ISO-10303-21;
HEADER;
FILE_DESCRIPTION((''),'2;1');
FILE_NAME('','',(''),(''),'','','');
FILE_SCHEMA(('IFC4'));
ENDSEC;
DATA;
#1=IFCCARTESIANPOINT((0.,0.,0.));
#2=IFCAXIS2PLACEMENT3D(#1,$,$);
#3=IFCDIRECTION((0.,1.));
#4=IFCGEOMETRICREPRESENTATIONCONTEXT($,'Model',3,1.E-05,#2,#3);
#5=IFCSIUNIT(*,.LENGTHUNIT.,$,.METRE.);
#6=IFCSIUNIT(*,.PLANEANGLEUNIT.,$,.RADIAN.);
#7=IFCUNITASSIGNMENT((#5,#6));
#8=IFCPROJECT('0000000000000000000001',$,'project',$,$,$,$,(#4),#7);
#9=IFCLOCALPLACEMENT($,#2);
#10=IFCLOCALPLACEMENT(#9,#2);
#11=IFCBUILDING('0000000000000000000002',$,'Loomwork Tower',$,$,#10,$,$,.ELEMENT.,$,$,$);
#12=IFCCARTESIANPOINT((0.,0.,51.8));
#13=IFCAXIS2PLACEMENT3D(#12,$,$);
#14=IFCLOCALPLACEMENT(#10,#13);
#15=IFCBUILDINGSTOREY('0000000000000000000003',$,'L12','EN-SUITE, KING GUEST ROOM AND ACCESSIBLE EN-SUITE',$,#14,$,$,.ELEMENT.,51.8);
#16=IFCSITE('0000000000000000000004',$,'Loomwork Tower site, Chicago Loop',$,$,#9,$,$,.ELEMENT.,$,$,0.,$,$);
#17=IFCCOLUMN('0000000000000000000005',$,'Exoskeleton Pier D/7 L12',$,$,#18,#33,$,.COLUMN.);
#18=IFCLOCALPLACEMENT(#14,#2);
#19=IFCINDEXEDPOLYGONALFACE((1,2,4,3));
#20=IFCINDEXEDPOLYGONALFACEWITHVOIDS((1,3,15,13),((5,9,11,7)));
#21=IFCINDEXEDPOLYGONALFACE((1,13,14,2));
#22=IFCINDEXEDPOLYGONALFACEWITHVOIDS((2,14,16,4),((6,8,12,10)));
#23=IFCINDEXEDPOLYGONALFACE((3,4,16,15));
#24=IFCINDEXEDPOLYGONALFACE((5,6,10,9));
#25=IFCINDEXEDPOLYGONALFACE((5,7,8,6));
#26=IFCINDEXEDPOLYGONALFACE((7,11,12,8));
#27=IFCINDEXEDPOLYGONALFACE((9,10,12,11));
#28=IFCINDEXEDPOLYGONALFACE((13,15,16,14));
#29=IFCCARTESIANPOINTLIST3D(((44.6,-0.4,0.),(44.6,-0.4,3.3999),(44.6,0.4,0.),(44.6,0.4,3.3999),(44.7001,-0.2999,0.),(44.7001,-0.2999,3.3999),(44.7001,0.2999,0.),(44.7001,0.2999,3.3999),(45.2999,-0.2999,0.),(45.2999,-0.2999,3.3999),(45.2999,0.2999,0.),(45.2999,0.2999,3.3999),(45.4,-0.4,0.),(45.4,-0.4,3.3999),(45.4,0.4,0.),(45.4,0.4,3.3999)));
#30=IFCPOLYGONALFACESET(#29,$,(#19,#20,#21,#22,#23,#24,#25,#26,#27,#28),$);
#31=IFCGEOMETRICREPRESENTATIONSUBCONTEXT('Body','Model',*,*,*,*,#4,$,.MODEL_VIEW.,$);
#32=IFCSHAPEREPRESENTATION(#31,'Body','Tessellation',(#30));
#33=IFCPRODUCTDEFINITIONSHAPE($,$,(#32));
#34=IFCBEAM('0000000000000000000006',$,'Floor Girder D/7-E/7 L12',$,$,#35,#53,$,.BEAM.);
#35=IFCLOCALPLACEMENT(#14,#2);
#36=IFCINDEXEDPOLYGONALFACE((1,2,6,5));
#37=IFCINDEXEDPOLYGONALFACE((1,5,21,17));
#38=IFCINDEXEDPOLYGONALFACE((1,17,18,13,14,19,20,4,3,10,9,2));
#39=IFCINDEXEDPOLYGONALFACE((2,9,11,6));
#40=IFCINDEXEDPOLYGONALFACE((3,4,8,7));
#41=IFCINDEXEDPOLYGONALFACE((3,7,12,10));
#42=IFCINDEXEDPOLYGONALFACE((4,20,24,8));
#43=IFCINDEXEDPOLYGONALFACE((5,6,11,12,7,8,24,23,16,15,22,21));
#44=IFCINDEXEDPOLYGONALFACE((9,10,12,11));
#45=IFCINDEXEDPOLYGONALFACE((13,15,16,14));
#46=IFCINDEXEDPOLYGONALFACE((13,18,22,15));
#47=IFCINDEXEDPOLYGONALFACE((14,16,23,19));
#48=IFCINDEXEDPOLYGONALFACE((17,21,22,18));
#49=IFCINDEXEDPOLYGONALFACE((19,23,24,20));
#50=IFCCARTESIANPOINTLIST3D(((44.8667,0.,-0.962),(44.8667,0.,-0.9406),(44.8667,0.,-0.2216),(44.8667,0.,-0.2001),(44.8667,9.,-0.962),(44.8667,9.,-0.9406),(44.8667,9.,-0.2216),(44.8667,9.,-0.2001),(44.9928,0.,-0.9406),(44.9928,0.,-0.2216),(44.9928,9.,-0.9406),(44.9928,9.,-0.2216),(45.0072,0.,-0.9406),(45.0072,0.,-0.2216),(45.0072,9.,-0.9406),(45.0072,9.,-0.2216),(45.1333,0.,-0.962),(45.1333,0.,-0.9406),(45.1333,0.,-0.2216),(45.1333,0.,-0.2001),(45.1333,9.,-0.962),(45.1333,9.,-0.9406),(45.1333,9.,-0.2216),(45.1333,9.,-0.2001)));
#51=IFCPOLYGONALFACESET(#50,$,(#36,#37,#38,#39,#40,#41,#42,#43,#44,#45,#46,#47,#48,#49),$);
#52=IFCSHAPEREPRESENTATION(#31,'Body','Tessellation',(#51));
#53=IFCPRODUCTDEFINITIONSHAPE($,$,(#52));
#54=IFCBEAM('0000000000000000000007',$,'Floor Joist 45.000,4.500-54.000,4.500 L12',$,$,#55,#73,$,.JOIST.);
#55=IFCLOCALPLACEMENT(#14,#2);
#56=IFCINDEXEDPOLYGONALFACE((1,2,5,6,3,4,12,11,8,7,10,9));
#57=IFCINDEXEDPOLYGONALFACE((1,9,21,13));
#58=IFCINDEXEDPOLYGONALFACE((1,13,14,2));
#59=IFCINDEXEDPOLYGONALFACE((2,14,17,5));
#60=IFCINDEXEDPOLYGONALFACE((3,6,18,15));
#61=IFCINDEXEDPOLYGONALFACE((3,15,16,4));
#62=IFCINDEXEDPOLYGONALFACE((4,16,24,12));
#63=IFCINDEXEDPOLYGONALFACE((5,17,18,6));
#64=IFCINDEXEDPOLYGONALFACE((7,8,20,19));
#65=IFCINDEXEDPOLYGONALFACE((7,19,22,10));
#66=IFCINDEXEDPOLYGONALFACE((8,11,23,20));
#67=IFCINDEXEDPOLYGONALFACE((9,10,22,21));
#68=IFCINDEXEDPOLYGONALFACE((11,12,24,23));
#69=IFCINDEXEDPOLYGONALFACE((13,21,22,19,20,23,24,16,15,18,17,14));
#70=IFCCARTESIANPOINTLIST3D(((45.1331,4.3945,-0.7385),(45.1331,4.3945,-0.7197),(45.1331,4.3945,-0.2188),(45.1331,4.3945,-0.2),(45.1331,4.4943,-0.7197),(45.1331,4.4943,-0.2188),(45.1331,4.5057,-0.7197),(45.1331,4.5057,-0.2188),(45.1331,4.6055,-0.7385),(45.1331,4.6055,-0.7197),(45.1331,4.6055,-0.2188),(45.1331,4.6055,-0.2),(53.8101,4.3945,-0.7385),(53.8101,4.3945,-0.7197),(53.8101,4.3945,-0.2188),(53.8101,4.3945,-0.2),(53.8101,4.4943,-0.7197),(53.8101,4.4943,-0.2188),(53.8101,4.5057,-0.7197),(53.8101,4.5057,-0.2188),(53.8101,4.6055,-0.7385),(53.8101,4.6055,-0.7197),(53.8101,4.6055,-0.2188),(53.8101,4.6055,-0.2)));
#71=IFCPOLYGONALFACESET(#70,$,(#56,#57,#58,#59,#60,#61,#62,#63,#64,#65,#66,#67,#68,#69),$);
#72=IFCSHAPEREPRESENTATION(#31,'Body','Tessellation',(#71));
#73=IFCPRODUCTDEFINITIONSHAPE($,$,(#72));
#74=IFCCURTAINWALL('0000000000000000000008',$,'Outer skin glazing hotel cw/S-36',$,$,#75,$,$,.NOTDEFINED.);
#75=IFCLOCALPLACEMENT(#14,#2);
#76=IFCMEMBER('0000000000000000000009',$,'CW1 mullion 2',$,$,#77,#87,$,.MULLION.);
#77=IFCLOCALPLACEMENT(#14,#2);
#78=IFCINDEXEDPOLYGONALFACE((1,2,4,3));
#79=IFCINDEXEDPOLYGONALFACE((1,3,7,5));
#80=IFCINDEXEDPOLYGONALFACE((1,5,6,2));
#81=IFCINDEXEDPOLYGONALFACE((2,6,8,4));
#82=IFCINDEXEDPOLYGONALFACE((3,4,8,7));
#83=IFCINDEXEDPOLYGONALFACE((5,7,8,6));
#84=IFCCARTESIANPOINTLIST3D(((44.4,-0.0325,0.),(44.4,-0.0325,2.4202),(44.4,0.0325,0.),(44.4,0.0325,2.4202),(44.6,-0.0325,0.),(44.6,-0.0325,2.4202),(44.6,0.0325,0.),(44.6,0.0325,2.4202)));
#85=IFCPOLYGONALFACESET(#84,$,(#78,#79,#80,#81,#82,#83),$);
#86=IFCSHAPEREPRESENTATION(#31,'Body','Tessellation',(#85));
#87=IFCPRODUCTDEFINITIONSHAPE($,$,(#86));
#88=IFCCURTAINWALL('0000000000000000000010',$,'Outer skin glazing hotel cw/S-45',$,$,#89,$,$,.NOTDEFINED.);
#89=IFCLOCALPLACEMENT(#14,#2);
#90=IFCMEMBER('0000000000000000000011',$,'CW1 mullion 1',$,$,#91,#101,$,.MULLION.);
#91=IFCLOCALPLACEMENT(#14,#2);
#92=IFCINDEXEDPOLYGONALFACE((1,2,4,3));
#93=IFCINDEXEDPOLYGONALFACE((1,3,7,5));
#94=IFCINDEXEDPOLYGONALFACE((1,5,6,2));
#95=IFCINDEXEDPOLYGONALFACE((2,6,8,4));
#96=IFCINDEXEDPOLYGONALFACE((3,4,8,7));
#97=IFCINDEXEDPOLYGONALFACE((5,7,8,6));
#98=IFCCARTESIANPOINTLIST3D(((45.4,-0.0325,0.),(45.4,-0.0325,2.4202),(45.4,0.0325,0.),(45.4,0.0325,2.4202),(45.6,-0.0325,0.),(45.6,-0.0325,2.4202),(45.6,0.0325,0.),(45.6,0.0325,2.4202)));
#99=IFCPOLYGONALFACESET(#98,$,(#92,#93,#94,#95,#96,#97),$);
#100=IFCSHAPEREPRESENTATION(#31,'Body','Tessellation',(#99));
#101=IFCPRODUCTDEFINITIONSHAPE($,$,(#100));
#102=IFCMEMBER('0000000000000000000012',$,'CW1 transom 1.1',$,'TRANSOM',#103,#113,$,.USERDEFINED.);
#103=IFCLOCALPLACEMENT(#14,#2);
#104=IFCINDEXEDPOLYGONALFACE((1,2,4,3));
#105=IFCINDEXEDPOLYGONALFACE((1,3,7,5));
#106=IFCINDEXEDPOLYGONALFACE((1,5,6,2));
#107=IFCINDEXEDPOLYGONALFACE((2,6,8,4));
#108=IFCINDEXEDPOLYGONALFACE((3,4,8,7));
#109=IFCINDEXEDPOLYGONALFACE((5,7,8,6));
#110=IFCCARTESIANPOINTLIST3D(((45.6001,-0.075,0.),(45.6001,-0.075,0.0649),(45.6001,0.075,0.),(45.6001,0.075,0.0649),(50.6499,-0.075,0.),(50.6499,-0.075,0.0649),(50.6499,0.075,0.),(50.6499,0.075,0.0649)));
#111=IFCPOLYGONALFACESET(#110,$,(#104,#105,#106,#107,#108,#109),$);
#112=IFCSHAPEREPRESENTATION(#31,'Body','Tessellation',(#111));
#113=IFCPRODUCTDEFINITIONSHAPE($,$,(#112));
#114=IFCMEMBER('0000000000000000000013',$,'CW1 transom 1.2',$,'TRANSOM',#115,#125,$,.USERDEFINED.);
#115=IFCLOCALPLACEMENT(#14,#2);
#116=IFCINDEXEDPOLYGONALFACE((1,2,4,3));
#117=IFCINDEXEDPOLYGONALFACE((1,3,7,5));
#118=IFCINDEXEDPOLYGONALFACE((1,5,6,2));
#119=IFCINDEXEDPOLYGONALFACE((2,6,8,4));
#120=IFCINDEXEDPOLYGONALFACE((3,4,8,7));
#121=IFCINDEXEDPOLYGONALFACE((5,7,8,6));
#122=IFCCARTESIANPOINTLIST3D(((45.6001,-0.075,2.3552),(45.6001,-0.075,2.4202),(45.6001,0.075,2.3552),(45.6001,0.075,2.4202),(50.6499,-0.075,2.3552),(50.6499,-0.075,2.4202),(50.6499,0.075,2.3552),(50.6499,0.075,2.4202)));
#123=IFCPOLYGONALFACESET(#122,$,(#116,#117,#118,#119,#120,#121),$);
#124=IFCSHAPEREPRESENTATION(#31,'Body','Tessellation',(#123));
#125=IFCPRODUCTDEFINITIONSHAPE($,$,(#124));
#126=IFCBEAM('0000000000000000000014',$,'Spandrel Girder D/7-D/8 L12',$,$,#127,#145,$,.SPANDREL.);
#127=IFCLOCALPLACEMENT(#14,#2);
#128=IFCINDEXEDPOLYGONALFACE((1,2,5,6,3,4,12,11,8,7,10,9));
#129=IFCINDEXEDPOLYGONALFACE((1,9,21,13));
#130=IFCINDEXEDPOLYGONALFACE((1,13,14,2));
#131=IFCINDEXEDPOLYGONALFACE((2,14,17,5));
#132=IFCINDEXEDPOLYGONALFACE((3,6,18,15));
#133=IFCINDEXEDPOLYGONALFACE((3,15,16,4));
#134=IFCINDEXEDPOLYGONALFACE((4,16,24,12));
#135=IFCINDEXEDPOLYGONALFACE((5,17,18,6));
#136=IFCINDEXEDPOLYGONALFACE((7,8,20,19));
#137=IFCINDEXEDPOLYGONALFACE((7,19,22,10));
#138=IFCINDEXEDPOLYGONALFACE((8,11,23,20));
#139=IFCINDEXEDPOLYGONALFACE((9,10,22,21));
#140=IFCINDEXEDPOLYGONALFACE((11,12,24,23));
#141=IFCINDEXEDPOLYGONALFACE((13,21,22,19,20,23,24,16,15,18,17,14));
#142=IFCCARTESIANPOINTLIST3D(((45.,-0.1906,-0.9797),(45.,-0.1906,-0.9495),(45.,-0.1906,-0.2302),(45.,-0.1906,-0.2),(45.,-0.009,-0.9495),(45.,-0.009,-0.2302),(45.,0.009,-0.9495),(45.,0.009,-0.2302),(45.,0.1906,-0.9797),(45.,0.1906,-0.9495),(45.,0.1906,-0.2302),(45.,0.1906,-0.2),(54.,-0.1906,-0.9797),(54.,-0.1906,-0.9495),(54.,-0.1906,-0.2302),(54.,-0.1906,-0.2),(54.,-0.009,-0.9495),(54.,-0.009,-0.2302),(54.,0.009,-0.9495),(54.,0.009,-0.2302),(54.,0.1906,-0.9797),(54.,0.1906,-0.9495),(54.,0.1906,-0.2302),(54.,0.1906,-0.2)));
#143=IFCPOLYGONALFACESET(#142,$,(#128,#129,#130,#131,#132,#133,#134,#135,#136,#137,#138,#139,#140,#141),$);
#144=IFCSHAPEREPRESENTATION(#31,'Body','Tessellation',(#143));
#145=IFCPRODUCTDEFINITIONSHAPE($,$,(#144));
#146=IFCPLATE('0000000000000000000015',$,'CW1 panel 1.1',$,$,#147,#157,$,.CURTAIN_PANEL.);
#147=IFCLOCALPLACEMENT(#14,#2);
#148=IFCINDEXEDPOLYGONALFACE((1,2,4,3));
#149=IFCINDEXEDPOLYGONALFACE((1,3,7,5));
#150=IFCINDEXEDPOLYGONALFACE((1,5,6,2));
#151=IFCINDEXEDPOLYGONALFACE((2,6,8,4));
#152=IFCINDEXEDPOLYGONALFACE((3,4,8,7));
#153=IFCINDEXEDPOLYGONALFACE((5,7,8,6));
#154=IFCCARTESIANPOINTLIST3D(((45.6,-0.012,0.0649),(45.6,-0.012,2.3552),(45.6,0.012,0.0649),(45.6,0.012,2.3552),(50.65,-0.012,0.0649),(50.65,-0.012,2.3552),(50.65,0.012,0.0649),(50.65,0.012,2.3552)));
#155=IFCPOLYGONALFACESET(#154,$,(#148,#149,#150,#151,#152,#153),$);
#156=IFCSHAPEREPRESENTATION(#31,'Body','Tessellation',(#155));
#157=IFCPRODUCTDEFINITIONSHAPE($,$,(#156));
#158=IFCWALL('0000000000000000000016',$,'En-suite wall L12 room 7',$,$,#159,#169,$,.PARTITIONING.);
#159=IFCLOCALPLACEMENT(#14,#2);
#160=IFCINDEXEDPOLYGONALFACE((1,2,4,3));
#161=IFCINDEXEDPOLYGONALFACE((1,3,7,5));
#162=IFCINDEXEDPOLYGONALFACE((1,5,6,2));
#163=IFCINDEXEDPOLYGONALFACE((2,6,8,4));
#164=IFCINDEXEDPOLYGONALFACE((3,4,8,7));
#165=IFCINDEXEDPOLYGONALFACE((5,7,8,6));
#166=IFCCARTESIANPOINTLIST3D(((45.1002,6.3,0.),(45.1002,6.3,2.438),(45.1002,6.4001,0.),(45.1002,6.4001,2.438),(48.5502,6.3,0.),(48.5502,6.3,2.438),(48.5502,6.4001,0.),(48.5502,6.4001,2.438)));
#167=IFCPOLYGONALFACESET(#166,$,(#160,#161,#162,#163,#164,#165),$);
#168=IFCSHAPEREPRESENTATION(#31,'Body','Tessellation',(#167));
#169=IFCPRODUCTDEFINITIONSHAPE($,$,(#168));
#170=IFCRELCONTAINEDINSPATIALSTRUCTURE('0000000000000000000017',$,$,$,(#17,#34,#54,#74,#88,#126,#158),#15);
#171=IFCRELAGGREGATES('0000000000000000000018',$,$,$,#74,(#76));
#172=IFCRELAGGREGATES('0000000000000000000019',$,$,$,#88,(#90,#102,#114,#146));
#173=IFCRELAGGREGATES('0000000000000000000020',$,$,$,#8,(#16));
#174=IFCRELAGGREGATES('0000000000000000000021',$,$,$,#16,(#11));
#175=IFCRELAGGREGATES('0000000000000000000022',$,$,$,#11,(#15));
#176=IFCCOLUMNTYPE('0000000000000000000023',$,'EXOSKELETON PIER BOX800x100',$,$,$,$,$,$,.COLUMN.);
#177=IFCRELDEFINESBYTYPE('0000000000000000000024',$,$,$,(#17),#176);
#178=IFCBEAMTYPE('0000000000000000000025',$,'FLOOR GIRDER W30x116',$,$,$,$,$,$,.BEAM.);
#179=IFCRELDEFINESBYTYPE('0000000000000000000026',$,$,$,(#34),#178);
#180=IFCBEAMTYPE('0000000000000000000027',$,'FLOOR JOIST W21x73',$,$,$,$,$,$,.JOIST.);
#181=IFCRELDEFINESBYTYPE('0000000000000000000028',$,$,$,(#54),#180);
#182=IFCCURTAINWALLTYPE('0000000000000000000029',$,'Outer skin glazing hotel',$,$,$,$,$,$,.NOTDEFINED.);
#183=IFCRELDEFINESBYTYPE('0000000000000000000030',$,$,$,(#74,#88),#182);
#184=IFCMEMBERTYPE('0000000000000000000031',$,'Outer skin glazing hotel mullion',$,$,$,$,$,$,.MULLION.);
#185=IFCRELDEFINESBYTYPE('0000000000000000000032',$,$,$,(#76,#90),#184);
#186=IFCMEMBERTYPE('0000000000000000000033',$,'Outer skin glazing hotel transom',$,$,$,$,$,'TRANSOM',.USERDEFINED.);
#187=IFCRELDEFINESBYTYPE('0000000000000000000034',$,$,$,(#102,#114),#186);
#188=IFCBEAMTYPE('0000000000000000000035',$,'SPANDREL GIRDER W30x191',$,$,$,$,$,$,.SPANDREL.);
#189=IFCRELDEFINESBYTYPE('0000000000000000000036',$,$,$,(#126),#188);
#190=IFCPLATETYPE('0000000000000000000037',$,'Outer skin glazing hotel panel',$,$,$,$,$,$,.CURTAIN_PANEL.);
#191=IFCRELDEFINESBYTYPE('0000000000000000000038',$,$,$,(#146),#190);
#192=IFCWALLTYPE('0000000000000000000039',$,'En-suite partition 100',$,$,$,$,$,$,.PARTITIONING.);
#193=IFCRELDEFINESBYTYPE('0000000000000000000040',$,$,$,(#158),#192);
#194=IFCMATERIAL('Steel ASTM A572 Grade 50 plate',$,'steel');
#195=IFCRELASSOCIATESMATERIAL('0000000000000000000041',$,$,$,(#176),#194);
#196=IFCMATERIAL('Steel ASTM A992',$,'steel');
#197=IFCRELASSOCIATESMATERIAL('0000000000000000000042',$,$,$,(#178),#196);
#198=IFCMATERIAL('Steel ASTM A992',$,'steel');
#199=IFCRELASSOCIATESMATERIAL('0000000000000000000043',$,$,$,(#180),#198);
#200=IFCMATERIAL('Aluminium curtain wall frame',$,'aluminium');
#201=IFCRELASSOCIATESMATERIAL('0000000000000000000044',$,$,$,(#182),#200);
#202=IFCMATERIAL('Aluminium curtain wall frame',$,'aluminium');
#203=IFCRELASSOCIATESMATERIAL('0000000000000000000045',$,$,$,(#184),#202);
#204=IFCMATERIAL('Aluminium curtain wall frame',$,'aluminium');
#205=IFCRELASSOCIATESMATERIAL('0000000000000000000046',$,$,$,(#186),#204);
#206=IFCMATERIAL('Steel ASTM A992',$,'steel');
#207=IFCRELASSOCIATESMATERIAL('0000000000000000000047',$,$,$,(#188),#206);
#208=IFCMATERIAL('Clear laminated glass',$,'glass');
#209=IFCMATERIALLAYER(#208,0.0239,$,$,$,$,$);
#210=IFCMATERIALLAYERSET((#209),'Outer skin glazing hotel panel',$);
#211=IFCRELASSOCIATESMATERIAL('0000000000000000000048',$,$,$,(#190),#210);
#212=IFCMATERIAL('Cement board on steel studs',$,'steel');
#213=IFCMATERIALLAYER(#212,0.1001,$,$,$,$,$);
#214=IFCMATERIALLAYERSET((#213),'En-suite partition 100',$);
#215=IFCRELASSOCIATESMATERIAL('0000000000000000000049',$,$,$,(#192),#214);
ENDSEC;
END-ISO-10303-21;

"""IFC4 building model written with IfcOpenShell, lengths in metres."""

from ifc_helpers import new_model, si_unit, direction, frame, frame_2d, origin, origin_2d, place, context, subcontext, project, spatial, rectangle, hollow_rectangle, i_section, extrude, material, layer, layer_set, material_profile, profile_set, type_object, element, aggregate, save


model = new_model("IFC4")

# Units and contexts
model_context = context("Model", 3, precision=1e-05, world=origin(), true_north=direction((0.0, 1.0)))
body_context = subcontext(model_context, "Body", "Model", "MODEL_VIEW")
ifc_project = project(units=[si_unit("LENGTHUNIT", "METRE"), si_unit("PLANEANGLEUNIT", "RADIAN")], contexts=[model_context])

# Site, building, storey
site_placement = place(None, origin())
site = spatial("IfcSite", under=ifc_project, at=site_placement, Name="Loomwork Tower site, Chicago Loop", CompositionType="ELEMENT", RefElevation=0.0)
building_placement = place(site_placement, origin())
building = spatial("IfcBuilding", under=site, at=building_placement, Name="Loomwork Tower", CompositionType="ELEMENT")
storey_placement = place(building_placement, frame((0.0, 0.0, 51.8)))
storey = spatial("IfcBuildingStorey", under=building, at=storey_placement, Name="L12", Description="EN-SUITE, KING GUEST ROOM AND ACCESSIBLE EN-SUITE", CompositionType="ELEMENT", Elevation=51.8)

# Column
ifc_material_1 = material(Name="Steel ASTM A572 Grade 50 plate", Category="steel")
ifc_material_profile_1 = material_profile(ifc_material_1, hollow_rectangle(XDim=0.8, YDim=0.8, WallThickness=0.1001, at=origin_2d()), Name="BOX800x100")
ifc_profile_set_1 = profile_set([ifc_material_profile_1], Name="Steel ASTM A572 Grade 50 plate")
column_type = type_object("IfcColumnType", Name="EXOSKELETON PIER BOX800x100", PredefinedType="COLUMN", material=ifc_profile_set_1)
column_placement = place(storey_placement, frame((45.0, 0.0, 0.0), z_axis=(0.0, 0.0, 1.0), x_axis=(1.0, 0.0, 0.0)))
element("IfcColumn", 1, at=column_placement, inside=storey, type_object=column_type, Name="Exoskeleton Pier D/7 L12", PredefinedType="COLUMN", context=body_context, shape_type="SweptSolid", body=[
    extrude(hollow_rectangle(XDim=0.8, YDim=0.8, WallThickness=0.1001, at=origin_2d()), origin(), (0.0, 0.0, 1.0), 3.3999),
])

# Beams
ifc_material_2 = material(Name="Steel ASTM A992", Category="steel")
ifc_material_profile_2 = material_profile(ifc_material_2, i_section(OverallWidth=0.2666, OverallDepth=0.762, WebThickness=0.0144, FlangeThickness=0.0215, at=origin_2d()), Name="W30x116")
ifc_profile_set_2 = profile_set([ifc_material_profile_2], Name="Steel ASTM A992")
beam_type_1 = type_object("IfcBeamType", Name="FLOOR GIRDER W30x116", PredefinedType="BEAM", material=ifc_profile_set_2)
beam_1_placement = place(storey_placement, frame((45.0, 0.0, -0.5811), z_axis=(0.0, 1.0, 0.0), x_axis=(-1.0, 0.0, 0.0)))
element("IfcBeam", 2, at=beam_1_placement, inside=storey, type_object=beam_type_1, Name="Floor Girder D/7-E/7 L12", PredefinedType="BEAM", context=body_context, shape_type="SweptSolid", body=[
    extrude(i_section(OverallWidth=0.2666, OverallDepth=0.762, WebThickness=0.0144, FlangeThickness=0.0215, at=origin_2d()), origin(), (0.0, 0.0, 1.0), 9.0),
])
ifc_material_3 = material(Name="Steel ASTM A992", Category="steel")
ifc_material_profile_3 = material_profile(ifc_material_3, i_section(OverallWidth=0.2109, OverallDepth=0.5386, WebThickness=0.0115, FlangeThickness=0.0188, at=origin_2d()), Name="W21x73")
ifc_profile_set_3 = profile_set([ifc_material_profile_3], Name="Steel ASTM A992")
beam_type_2 = type_object("IfcBeamType", Name="FLOOR JOIST W21x73", PredefinedType="JOIST", material=ifc_profile_set_3)
beam_2_placement = place(storey_placement, frame((45.1331, 4.5, -0.4692), z_axis=(1.0, 0.0, 0.0), x_axis=(0.0, 1.0, 0.0)))
element("IfcBeam", 3, at=beam_2_placement, inside=storey, type_object=beam_type_2, Name="Floor Joist 45.000,4.500-54.000,4.500 L12", PredefinedType="JOIST", context=body_context, shape_type="SweptSolid", body=[
    extrude(i_section(OverallWidth=0.2109, OverallDepth=0.5386, WebThickness=0.0115, FlangeThickness=0.0188, at=origin_2d()), origin(), (0.0, 0.0, 1.0), 8.677),
])

# Curtain wall, member
ifc_material_4 = material(Name="Aluminium curtain wall frame", Category="aluminium")
curtain_wall_type = type_object("IfcCurtainWallType", Name="Outer skin glazing hotel", PredefinedType="NOTDEFINED", material=ifc_material_4)
curtain_wall_1_placement = place(storey_placement, origin())
curtain_wall_1 = element("IfcCurtainWall", 4, at=curtain_wall_1_placement, inside=storey, type_object=curtain_wall_type, Name="Outer skin glazing hotel cw/S-36", PredefinedType="NOTDEFINED")
ifc_material_5 = material(Name="Aluminium curtain wall frame", Category="aluminium")
ifc_material_profile_4 = material_profile(ifc_material_5, rectangle(XDim=0.0649, YDim=0.2, at=origin_2d()), Name="AL 65x200")
ifc_profile_set_4 = profile_set([ifc_material_profile_4], Name="Aluminium curtain wall frame")
member_type_1 = type_object("IfcMemberType", Name="Outer skin glazing hotel mullion", PredefinedType="MULLION", material=ifc_profile_set_4)
member_1_placement = place(storey_placement, frame((44.5, 0.0, 0.0), z_axis=(0.0, 0.0, 1.0), x_axis=(0.0, 1.0, 0.0)))
member_1 = element("IfcMember", 5, at=member_1_placement, type_object=member_type_1, Name="CW1 mullion 2", PredefinedType="MULLION", context=body_context, shape_type="SweptSolid", body=[
    extrude(rectangle(XDim=0.0649, YDim=0.2, at=origin_2d()), origin(), (0.0, 0.0, 1.0), 2.4202),
])
aggregate(curtain_wall_1, [member_1])

# Curtain wall, members
curtain_wall_2_placement = place(storey_placement, origin())
curtain_wall_2 = element("IfcCurtainWall", 6, at=curtain_wall_2_placement, inside=storey, type_object=curtain_wall_type, Name="Outer skin glazing hotel cw/S-45", PredefinedType="NOTDEFINED")
member_2_placement = place(storey_placement, frame((45.5, 0.0, 0.0), z_axis=(0.0, 0.0, 1.0), x_axis=(0.0, 1.0, 0.0)))
member_2 = element("IfcMember", 7, at=member_2_placement, type_object=member_type_1, Name="CW1 mullion 1", PredefinedType="MULLION", context=body_context, shape_type="SweptSolid", body=[
    extrude(rectangle(XDim=0.0649, YDim=0.2, at=origin_2d()), origin(), (0.0, 0.0, 1.0), 2.4202),
])
ifc_material_6 = material(Name="Aluminium curtain wall frame", Category="aluminium")
ifc_material_profile_5 = material_profile(ifc_material_6, rectangle(XDim=0.1499, YDim=0.0649, at=origin_2d()), Name="AL 65x150")
ifc_profile_set_5 = profile_set([ifc_material_profile_5], Name="Aluminium curtain wall frame")
member_type_2 = type_object("IfcMemberType", Name="Outer skin glazing hotel transom", ElementType="TRANSOM", PredefinedType="USERDEFINED", material=ifc_profile_set_5)
member_3_placement = place(storey_placement, frame((45.6001, 0.0, 0.0325), z_axis=(1.0, 0.0, 0.0), x_axis=(0.0, 1.0, 0.0)))
member_3 = element("IfcMember", 8, at=member_3_placement, type_object=member_type_2, Name="CW1 transom 1.1", ObjectType="TRANSOM", PredefinedType="USERDEFINED", context=body_context, shape_type="SweptSolid", body=[
    extrude(rectangle(XDim=0.1499, YDim=0.0649, at=origin_2d()), origin(), (0.0, 0.0, 1.0), 5.0498),
])
member_4_placement = place(storey_placement, frame((45.6001, 0.0, 2.3877), z_axis=(1.0, 0.0, 0.0), x_axis=(0.0, 1.0, 0.0)))
member_4 = element("IfcMember", 9, at=member_4_placement, type_object=member_type_2, Name="CW1 transom 1.2", ObjectType="TRANSOM", PredefinedType="USERDEFINED", context=body_context, shape_type="SweptSolid", body=[
    extrude(rectangle(XDim=0.1499, YDim=0.0649, at=origin_2d()), origin(), (0.0, 0.0, 1.0), 5.0498),
])

# Beam
ifc_material_7 = material(Name="Steel ASTM A992", Category="steel")
ifc_material_profile_6 = material_profile(ifc_material_7, i_section(OverallWidth=0.3811, OverallDepth=0.7798, WebThickness=0.0181, FlangeThickness=0.0303, at=origin_2d()), Name="W30x191")
ifc_profile_set_6 = profile_set([ifc_material_profile_6], Name="Steel ASTM A992")
beam_type_3 = type_object("IfcBeamType", Name="SPANDREL GIRDER W30x191", PredefinedType="SPANDREL", material=ifc_profile_set_6)
beam_3_placement = place(storey_placement, frame((45.0, 0.0, -0.5898), z_axis=(1.0, 0.0, 0.0), x_axis=(0.0, 1.0, 0.0)))
element("IfcBeam", 10, at=beam_3_placement, inside=storey, type_object=beam_type_3, Name="Spandrel Girder D/7-D/8 L12", PredefinedType="SPANDREL", context=body_context, shape_type="SweptSolid", body=[
    extrude(i_section(OverallWidth=0.3811, OverallDepth=0.7798, WebThickness=0.0181, FlangeThickness=0.0303, at=origin_2d()), origin(), (0.0, 0.0, 1.0), 9.0),
])

# Plate
ifc_material_8 = material(Name="Clear laminated glass", Category="glass")
ifc_layer_1 = layer(ifc_material_8, 0.0239)
ifc_layer_set_1 = layer_set([ifc_layer_1], Name="Outer skin glazing hotel panel")
plate_type = type_object("IfcPlateType", Name="Outer skin glazing hotel panel", PredefinedType="CURTAIN_PANEL", material=ifc_layer_set_1)
plate_placement = place(storey_placement, frame((48.125, 0.0, 0.0649), z_axis=(0.0, 0.0, 1.0), x_axis=(1.0, 0.0, 0.0)))
plate = element("IfcPlate", 11, at=plate_placement, type_object=plate_type, Name="CW1 panel 1.1", PredefinedType="CURTAIN_PANEL", context=body_context, shape_type="SweptSolid", body=[
    extrude(rectangle(XDim=5.05, YDim=0.0239, at=origin_2d()), origin(), (0.0, 0.0, 1.0), 2.2903),
])
aggregate(curtain_wall_2, [member_2, member_3, member_4, plate])

# Wall
ifc_material_9 = material(Name="Cement board on steel studs", Category="steel")
ifc_layer_2 = layer(ifc_material_9, 0.1001)
ifc_layer_set_2 = layer_set([ifc_layer_2], Name="En-suite partition 100")
wall_type_1 = type_object("IfcWallType", Name="En-suite partition 100", PredefinedType="PARTITIONING", material=ifc_layer_set_2)
wall_1_placement = place(storey_placement, frame((45.1001, 6.3501, 0.0), z_axis=(0.0, 0.0, 1.0), x_axis=(1.0, 0.0, 0.0)))
element("IfcWall", 12, at=wall_1_placement, inside=storey, type_object=wall_type_1, Name="En-suite wall L12 room 7", PredefinedType="PARTITIONING", context=body_context, shape_type="SweptSolid", body=[
    extrude(rectangle(XDim=3.45, YDim=0.1001, at=frame_2d((1.7251, 0.0))), origin(), (0.0, 0.0, 1.0), 2.438),
])

save(model, "model.ifc")
